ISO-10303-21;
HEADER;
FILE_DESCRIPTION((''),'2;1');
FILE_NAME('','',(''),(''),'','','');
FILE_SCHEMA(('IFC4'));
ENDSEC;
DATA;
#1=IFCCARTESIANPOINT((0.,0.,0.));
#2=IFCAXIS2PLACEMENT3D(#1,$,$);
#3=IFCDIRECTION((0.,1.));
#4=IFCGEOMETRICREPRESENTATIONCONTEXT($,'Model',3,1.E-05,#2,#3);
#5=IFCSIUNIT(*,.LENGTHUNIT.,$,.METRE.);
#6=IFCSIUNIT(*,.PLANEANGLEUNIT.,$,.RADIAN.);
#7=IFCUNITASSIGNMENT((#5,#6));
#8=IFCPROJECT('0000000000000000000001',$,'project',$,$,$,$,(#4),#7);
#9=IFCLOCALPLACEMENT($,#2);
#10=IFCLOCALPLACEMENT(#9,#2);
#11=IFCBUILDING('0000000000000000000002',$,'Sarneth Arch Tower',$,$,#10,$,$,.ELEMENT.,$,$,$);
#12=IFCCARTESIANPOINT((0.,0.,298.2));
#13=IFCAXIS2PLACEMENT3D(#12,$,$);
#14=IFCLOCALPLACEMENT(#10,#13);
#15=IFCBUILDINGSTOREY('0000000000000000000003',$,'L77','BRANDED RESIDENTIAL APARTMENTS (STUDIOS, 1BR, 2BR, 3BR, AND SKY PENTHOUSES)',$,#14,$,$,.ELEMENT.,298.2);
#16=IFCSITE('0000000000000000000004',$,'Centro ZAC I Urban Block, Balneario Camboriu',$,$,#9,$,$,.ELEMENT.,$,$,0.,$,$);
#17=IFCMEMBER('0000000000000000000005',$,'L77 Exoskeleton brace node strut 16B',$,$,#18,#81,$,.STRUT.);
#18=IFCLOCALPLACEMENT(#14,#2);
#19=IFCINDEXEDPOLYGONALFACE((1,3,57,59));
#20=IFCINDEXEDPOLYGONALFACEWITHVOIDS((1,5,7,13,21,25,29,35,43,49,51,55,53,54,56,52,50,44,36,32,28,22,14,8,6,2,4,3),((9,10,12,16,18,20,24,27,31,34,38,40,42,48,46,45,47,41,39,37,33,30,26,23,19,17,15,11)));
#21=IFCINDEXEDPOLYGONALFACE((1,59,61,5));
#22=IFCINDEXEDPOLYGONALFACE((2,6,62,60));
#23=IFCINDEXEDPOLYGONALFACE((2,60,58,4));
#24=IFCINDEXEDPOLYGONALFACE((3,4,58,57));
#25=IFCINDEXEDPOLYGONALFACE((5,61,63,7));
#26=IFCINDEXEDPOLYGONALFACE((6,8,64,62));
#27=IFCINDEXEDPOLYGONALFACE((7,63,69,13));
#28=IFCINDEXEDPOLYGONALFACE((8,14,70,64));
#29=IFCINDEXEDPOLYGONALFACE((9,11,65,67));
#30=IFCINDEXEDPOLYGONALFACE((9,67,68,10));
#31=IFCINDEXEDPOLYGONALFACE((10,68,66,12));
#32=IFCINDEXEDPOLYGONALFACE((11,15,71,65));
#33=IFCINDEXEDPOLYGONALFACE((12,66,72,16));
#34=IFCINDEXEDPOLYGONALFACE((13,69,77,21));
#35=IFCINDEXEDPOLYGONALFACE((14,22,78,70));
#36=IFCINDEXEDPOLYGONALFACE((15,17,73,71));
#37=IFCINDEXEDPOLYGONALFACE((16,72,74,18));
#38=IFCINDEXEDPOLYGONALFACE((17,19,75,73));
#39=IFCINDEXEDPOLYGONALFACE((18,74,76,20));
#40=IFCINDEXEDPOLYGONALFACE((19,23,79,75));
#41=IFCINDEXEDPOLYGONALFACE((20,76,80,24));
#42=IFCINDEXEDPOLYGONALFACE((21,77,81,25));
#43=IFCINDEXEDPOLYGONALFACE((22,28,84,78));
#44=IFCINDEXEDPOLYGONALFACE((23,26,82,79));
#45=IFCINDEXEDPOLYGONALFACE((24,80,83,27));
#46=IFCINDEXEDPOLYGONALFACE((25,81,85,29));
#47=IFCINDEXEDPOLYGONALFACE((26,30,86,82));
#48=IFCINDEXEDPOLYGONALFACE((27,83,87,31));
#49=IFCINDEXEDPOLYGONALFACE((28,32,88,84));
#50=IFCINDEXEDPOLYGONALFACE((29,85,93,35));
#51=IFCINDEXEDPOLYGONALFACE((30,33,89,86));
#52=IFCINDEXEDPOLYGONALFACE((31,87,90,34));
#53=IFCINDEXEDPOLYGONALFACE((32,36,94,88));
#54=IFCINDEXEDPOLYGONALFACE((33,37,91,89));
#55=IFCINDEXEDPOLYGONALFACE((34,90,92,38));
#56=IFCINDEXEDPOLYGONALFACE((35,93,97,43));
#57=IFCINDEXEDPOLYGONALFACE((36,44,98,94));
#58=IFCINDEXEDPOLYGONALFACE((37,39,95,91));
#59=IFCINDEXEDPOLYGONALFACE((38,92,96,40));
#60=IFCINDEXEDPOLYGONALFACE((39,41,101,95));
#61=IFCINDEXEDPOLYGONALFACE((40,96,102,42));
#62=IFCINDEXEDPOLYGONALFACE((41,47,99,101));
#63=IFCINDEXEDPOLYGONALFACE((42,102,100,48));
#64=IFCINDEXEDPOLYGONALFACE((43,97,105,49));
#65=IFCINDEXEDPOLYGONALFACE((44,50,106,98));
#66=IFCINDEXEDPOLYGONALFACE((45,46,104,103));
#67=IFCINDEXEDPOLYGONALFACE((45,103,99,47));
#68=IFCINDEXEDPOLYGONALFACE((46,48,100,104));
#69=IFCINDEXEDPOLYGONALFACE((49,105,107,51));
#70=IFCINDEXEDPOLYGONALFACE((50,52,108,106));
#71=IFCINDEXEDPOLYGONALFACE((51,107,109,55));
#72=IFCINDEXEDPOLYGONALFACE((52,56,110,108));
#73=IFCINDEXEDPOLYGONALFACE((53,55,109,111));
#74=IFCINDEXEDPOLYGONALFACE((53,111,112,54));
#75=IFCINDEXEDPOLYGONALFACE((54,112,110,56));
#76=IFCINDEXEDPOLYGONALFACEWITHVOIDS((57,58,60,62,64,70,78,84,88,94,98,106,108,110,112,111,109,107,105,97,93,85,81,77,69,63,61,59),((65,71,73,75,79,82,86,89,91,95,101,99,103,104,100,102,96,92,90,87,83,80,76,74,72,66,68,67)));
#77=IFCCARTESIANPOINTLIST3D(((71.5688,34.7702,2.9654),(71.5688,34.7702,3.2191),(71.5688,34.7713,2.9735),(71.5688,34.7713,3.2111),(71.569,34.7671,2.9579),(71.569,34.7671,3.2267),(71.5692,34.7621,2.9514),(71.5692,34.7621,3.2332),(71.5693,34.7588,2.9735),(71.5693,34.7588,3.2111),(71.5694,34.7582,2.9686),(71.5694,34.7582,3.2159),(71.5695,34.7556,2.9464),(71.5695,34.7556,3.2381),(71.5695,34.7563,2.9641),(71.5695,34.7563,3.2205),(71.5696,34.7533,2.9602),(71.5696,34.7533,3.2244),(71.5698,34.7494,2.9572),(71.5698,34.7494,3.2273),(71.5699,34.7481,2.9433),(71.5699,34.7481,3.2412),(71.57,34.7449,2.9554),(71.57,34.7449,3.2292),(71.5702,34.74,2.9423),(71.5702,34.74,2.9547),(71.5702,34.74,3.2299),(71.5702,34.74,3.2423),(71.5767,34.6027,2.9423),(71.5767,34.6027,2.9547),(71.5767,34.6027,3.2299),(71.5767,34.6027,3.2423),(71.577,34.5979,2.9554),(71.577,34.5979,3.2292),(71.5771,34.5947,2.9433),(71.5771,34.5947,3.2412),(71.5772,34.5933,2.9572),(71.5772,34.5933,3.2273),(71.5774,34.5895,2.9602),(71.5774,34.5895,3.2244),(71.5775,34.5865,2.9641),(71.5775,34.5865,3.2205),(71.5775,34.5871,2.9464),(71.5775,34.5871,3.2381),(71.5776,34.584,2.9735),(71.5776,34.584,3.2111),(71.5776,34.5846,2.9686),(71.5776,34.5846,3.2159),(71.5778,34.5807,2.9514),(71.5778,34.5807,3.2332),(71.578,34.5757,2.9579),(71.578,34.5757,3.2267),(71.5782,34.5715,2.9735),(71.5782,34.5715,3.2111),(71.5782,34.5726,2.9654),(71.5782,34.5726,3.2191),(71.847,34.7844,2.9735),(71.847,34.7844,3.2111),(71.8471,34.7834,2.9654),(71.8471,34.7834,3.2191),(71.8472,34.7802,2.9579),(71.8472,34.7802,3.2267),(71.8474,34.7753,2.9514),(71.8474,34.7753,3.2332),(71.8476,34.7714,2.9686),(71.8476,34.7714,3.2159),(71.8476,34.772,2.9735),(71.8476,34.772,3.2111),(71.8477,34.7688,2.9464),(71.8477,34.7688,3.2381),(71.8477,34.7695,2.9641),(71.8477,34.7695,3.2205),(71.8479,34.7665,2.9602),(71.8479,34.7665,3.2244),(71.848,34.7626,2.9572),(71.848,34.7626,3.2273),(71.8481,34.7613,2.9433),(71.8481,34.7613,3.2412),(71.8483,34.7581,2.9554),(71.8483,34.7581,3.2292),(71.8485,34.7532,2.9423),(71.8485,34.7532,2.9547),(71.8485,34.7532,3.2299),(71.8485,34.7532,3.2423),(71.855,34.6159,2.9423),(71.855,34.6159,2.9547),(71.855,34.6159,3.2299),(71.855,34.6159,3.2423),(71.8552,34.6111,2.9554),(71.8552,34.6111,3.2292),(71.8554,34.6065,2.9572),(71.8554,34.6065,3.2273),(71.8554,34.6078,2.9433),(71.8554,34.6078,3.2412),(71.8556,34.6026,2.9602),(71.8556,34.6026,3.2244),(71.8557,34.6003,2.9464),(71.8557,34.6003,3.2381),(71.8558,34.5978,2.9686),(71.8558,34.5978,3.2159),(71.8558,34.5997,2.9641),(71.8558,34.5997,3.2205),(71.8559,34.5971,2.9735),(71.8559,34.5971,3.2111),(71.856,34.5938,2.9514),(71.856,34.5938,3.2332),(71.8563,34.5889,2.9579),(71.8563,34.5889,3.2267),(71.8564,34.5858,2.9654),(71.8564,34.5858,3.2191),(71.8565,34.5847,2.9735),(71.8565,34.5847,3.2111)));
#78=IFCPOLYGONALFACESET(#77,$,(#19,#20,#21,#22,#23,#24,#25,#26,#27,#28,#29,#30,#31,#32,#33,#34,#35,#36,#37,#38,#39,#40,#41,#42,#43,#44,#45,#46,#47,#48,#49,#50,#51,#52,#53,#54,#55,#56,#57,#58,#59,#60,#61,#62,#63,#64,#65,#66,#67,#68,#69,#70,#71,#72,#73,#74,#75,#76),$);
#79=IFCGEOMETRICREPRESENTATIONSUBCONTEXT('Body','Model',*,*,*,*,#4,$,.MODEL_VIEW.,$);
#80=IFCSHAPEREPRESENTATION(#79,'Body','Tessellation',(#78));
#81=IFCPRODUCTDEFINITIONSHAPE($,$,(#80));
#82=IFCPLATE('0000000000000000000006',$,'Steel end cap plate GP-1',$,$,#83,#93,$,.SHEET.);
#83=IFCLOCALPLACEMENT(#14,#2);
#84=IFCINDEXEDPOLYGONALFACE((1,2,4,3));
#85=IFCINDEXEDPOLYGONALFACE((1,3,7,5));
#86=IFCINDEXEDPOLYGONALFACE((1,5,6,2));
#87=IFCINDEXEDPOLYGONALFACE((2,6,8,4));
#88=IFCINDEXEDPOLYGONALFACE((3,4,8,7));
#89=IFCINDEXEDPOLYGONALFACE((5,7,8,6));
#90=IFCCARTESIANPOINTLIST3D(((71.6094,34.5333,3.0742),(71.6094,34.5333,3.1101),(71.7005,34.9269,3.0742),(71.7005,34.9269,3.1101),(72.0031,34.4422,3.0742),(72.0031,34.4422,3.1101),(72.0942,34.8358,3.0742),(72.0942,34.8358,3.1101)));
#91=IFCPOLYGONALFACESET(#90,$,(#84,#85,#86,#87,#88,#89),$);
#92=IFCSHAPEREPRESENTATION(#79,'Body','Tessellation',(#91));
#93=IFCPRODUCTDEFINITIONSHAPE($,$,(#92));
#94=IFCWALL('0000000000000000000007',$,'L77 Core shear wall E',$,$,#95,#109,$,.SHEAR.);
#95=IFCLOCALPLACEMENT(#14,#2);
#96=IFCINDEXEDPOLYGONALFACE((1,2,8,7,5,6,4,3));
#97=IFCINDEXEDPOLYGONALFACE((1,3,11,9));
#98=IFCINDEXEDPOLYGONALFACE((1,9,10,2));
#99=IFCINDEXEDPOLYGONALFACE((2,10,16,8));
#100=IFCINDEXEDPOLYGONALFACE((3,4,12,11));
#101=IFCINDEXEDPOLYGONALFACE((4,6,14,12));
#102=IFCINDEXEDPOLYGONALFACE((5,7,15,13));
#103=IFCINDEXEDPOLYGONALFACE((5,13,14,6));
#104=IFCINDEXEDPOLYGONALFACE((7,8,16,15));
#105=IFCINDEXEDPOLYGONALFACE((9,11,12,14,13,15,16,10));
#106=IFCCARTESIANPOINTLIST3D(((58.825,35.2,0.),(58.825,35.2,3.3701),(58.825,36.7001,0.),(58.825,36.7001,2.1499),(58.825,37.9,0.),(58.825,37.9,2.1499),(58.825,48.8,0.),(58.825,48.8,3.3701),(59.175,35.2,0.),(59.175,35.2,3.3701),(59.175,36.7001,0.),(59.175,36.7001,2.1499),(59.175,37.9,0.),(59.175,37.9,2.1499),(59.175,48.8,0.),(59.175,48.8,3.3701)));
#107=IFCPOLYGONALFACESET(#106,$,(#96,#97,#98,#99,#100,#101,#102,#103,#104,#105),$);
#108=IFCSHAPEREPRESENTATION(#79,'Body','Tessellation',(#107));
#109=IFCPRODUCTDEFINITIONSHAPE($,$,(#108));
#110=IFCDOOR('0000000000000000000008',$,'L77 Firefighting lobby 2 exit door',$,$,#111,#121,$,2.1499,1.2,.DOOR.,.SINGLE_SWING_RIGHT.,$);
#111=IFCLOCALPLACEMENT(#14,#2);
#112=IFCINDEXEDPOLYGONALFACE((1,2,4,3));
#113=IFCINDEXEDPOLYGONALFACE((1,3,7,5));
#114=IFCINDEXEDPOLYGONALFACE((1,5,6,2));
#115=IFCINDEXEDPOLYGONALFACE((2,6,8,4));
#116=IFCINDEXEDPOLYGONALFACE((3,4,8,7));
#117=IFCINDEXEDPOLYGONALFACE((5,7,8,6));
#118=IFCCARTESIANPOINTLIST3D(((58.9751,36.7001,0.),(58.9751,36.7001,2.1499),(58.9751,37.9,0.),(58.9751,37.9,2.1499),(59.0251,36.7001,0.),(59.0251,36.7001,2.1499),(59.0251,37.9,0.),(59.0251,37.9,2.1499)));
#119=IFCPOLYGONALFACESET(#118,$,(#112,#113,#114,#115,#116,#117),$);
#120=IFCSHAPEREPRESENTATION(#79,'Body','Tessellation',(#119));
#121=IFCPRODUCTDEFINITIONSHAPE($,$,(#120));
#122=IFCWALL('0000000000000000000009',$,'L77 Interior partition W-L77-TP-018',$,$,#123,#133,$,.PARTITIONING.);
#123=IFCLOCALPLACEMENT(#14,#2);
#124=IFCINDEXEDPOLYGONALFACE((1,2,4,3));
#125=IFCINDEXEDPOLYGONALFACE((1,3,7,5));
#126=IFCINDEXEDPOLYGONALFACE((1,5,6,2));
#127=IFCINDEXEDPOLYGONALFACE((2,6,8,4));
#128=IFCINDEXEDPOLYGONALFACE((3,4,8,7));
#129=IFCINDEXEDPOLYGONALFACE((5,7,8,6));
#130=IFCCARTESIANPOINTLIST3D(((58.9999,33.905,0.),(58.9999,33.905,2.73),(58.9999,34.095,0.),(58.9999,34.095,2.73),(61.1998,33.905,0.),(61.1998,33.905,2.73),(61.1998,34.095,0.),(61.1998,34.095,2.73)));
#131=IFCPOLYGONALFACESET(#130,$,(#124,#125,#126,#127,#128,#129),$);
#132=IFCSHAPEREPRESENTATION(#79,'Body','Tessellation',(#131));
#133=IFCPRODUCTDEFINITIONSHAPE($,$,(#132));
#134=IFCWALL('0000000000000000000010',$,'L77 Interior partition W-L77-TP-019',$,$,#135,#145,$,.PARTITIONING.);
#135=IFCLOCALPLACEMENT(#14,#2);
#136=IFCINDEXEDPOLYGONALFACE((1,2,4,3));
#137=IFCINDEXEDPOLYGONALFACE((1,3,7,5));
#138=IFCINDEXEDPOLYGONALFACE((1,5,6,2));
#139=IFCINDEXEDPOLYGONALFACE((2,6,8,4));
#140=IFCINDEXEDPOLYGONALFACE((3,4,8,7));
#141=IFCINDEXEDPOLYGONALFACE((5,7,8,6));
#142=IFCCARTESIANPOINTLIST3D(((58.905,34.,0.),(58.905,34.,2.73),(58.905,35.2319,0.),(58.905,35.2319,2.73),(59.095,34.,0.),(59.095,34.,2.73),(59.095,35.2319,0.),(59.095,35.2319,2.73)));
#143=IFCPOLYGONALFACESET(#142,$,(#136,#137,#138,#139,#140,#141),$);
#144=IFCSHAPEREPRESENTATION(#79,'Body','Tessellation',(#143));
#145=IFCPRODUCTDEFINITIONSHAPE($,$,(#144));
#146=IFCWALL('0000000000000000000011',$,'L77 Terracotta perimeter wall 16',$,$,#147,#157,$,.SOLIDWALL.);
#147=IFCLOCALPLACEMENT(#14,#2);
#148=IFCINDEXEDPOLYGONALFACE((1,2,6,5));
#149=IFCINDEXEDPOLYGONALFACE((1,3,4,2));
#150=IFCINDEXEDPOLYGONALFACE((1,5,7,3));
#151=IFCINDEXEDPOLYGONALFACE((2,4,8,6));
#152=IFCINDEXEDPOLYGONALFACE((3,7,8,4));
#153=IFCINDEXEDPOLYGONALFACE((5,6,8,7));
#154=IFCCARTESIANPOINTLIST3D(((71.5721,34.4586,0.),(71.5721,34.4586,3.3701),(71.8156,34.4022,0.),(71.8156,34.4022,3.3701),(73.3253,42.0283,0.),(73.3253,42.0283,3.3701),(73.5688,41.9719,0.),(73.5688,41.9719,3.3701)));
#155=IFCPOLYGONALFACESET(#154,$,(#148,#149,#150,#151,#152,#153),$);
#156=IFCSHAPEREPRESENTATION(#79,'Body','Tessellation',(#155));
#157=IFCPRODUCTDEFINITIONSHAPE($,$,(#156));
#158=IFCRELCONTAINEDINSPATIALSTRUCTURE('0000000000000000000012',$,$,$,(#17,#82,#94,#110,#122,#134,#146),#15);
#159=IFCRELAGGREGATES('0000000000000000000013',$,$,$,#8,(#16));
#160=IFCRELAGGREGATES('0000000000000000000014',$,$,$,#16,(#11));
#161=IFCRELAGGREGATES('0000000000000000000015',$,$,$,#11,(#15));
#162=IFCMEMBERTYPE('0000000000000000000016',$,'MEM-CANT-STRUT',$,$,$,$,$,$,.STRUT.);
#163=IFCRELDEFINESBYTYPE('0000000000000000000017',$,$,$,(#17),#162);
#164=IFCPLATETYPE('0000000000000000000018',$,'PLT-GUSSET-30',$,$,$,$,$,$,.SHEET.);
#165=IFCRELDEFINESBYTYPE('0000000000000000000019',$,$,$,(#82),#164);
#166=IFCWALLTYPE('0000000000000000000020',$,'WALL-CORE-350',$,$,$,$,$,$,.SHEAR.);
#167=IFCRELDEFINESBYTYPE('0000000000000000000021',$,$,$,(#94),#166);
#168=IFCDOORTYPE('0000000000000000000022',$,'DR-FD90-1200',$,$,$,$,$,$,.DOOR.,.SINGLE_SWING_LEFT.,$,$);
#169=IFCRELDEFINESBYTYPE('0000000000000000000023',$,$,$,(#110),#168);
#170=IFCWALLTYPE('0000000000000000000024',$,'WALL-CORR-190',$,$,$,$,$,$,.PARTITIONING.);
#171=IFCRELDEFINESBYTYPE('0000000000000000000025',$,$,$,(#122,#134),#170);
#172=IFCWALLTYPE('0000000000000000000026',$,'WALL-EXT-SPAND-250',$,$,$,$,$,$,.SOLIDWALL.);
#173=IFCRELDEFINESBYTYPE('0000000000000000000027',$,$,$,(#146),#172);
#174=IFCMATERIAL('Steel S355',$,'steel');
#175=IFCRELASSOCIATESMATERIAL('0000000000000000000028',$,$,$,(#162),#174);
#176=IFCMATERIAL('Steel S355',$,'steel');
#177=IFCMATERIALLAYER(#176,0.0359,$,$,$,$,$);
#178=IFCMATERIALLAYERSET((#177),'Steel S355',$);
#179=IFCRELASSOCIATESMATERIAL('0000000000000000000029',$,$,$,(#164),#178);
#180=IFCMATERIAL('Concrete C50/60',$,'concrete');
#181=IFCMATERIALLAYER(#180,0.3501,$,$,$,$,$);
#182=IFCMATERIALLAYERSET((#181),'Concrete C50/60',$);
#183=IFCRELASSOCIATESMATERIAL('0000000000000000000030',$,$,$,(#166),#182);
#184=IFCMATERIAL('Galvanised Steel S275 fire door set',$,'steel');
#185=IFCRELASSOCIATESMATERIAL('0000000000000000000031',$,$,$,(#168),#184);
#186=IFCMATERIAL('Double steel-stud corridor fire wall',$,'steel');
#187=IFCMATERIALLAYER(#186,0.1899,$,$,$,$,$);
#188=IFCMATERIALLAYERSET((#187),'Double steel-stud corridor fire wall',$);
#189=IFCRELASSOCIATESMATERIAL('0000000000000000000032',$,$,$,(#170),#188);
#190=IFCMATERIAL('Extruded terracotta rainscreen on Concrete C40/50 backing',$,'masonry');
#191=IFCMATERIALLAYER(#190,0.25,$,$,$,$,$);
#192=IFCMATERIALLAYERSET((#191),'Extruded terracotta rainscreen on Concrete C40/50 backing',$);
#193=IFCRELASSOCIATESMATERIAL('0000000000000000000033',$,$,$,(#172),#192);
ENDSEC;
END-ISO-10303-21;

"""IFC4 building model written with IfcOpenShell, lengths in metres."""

from ifc_helpers import new_model, si_unit, direction, frame, frame_2d, origin, origin_2d, place, context, subcontext, project, spatial, rectangle, hollow_rectangle, extrude, material, layer, layer_set, material_profile, profile_set, type_object, element, fill, save


model = new_model("IFC4")

# Units and contexts
model_context = context("Model", 3, precision=1e-05, world=origin(), true_north=direction((0.0, 1.0)))
body_context = subcontext(model_context, "Body", "Model", "MODEL_VIEW")
ifc_project = project(units=[si_unit("LENGTHUNIT", "METRE"), si_unit("PLANEANGLEUNIT", "RADIAN")], contexts=[model_context])

# Site, building, storey
site_placement = place(None, origin())
site = spatial("IfcSite", under=ifc_project, at=site_placement, Name="Centro ZAC I Urban Block, Balneario Camboriu", CompositionType="ELEMENT", RefElevation=0.0)
building_placement = place(site_placement, origin())
building = spatial("IfcBuilding", under=site, at=building_placement, Name="Sarneth Arch Tower", CompositionType="ELEMENT")
storey_placement = place(building_placement, frame((0.0, 0.0, 298.2)))
storey = spatial("IfcBuildingStorey", under=building, at=storey_placement, Name="L77", Description="BRANDED RESIDENTIAL APARTMENTS (STUDIOS, 1BR, 2BR, 3BR, AND SKY PENTHOUSES)", CompositionType="ELEMENT", Elevation=298.2)

# Member
ifc_material_1 = material(Name="Steel S355", Category="steel")
ifc_material_profile_1 = material_profile(ifc_material_1, hollow_rectangle(XDim=0.2, YDim=0.3, WallThickness=0.0125, InnerFilletRadius=0.0188, OuterFilletRadius=0.0312, at=origin_2d()), Name="RHS300x200x12.5")
ifc_profile_set_1 = profile_set([ifc_material_profile_1], Name="Steel S355")
member_type_1 = type_object("IfcMemberType", Name="MEM-CANT-STRUT", PredefinedType="STRUT", material=ifc_profile_set_1)
member_1_placement = place(storey_placement, frame((71.5735, 34.6714, 3.0923), z_axis=(0.99888, 0.047315, 0.0), x_axis=(-0.047315, 0.99888, 0.0)))
element("IfcMember", 1, at=member_1_placement, inside=storey, type_object=member_type_1, Name="L77 Exoskeleton brace node strut 16B", PredefinedType="STRUT", context=body_context, shape_type="SweptSolid", body=[
    extrude(hollow_rectangle(XDim=0.2, YDim=0.3, WallThickness=0.0125, InnerFilletRadius=0.0188, OuterFilletRadius=0.0312, at=origin_2d()), origin(), (0.0, 0.0, 1.0), 0.2786),
])

# Plate
ifc_material_2 = material(Name="Steel S355", Category="steel")
ifc_layer_1 = layer(ifc_material_2, 0.0359)
ifc_layer_set_1 = layer_set([ifc_layer_1], Name="Steel S355")
plate_type = type_object("IfcPlateType", Name="PLT-GUSSET-30", PredefinedType="SHEET", material=ifc_layer_set_1)
plate_placement = place(storey_placement, frame((71.8518, 34.6846, 3.0742), z_axis=(0.0, 0.0, 1.0), x_axis=(0.225461, 0.974252, 0.0)))
element("IfcPlate", 2, at=plate_placement, inside=storey, type_object=plate_type, Name="Steel end cap plate GP-1", PredefinedType="SHEET", context=body_context, shape_type="SweptSolid", body=[
    extrude(rectangle(XDim=0.4041, YDim=0.4041, at=origin_2d()), origin(), (0.0, 0.0, 1.0), 0.0359),
])

# Wall, opening, door
ifc_material_3 = material(Name="Concrete C50/60", Category="concrete")
ifc_layer_2 = layer(ifc_material_3, 0.3501)
ifc_layer_set_2 = layer_set([ifc_layer_2], Name="Concrete C50/60")
wall_type_1 = type_object("IfcWallType", Name="WALL-CORE-350", PredefinedType="SHEAR", material=ifc_layer_set_2)
wall_1_placement = place(storey_placement, frame((59.0, 35.2, 0.0), z_axis=(0.0, 0.0, 1.0), x_axis=(0.0, 1.0, 0.0)))
wall_1 = element("IfcWall", 3, at=wall_1_placement, inside=storey, type_object=wall_type_1, Name="L77 Core shear wall E", PredefinedType="SHEAR", context=body_context, shape_type="SweptSolid", body=[
    extrude(rectangle(XDim=13.6001, YDim=0.3501, at=frame_2d((6.8, 0.0))), origin(), (0.0, 0.0, 1.0), 3.3701),
])
opening_1_placement = place(wall_1_placement, frame((1.5, 0.0, 0.0)))
opening_1 = element("IfcOpeningElement", 4, at=opening_1_placement, cuts=wall_1, PredefinedType="OPENING", context=body_context, shape_type="SweptSolid", body=[
    extrude(rectangle(XDim=1.2, YDim=2.1499, at=frame_2d((0.6001, 1.075))), frame((0.0, 0.1851, 0.0), z_axis=(0.0, -1.0, 0.0), x_axis=(1.0, 0.0, 0.0)), (0.0, 0.0, 1.0), 0.3701),
])
ifc_material_4 = material(Name="Galvanised Steel S275 fire door set", Category="steel")
door_type = type_object("IfcDoorType", Name="DR-FD90-1200", OperationType="SINGLE_SWING_LEFT", PredefinedType="DOOR", material=ifc_material_4)
door_placement = place(opening_1_placement, origin())
door = element("IfcDoor", 5, at=door_placement, inside=storey, type_object=door_type, Name="L77 Firefighting lobby 2 exit door", OperationType="SINGLE_SWING_RIGHT", OverallHeight=2.1499, OverallWidth=1.2, PredefinedType="DOOR", context=body_context, shape_type="SweptSolid", body=[
    extrude(rectangle(XDim=1.2, YDim=2.1499, at=frame_2d((0.6001, 1.075))), frame((0.0, 0.0249, 0.0), z_axis=(0.0, -1.0, 0.0), x_axis=(1.0, 0.0, 0.0)), (0.0, 0.0, 1.0), 0.05),
])
fill(opening_1, door)

# Walls
ifc_material_5 = material(Name="Double steel-stud corridor fire wall", Category="steel")
ifc_layer_3 = layer(ifc_material_5, 0.1899)
ifc_layer_set_3 = layer_set([ifc_layer_3], Name="Double steel-stud corridor fire wall")
wall_type_2 = type_object("IfcWallType", Name="WALL-CORR-190", PredefinedType="PARTITIONING", material=ifc_layer_set_3)
wall_2_placement = place(storey_placement, frame((61.2, 34.0, 0.0), z_axis=(0.0, 0.0, 1.0), x_axis=(-1.0, 0.0, 0.0)))
element("IfcWall", 6, at=wall_2_placement, inside=storey, type_object=wall_type_2, Name="L77 Interior partition W-L77-TP-018", PredefinedType="PARTITIONING", context=body_context, shape_type="SweptSolid", body=[
    extrude(rectangle(XDim=2.2, YDim=0.1899, at=frame_2d((1.1001, 0.0))), origin(), (0.0, 0.0, 1.0), 2.73),
])
wall_3_placement = place(storey_placement, frame((59.0, 34.0, 0.0), z_axis=(0.0, 0.0, 1.0), x_axis=(0.0, 1.0, 0.0)))
element("IfcWall", 7, at=wall_3_placement, inside=storey, type_object=wall_type_2, Name="L77 Interior partition W-L77-TP-019", PredefinedType="PARTITIONING", context=body_context, shape_type="SweptSolid", body=[
    extrude(rectangle(XDim=1.2319, YDim=0.1899, at=frame_2d((0.616, 0.0))), origin(), (0.0, 0.0, 1.0), 2.73),
])
ifc_material_6 = material(Name="Extruded terracotta rainscreen on Concrete C40/50 backing", Category="masonry")
ifc_layer_4 = layer(ifc_material_6, 0.25)
ifc_layer_set_4 = layer_set([ifc_layer_4], Name="Extruded terracotta rainscreen on Concrete C40/50 backing")
wall_type_3 = type_object("IfcWallType", Name="WALL-EXT-SPAND-250", PredefinedType="SOLIDWALL", material=ifc_layer_set_4)
wall_4_placement = place(storey_placement, frame((71.6938, 34.4304, 0.0), z_axis=(0.0, 0.0, 1.0), x_axis=(0.225635, 0.974212, 0.0)))
element("IfcWall", 8, at=wall_4_placement, inside=storey, type_object=wall_type_3, Name="L77 Terracotta perimeter wall 16", PredefinedType="SOLIDWALL", context=body_context, shape_type="SweptSolid", body=[
    extrude(rectangle(XDim=7.77, YDim=0.25, at=frame_2d((3.885, 0.0))), origin(), (0.0, 0.0, 1.0), 3.3701),
])

save(model, "model.ifc")
